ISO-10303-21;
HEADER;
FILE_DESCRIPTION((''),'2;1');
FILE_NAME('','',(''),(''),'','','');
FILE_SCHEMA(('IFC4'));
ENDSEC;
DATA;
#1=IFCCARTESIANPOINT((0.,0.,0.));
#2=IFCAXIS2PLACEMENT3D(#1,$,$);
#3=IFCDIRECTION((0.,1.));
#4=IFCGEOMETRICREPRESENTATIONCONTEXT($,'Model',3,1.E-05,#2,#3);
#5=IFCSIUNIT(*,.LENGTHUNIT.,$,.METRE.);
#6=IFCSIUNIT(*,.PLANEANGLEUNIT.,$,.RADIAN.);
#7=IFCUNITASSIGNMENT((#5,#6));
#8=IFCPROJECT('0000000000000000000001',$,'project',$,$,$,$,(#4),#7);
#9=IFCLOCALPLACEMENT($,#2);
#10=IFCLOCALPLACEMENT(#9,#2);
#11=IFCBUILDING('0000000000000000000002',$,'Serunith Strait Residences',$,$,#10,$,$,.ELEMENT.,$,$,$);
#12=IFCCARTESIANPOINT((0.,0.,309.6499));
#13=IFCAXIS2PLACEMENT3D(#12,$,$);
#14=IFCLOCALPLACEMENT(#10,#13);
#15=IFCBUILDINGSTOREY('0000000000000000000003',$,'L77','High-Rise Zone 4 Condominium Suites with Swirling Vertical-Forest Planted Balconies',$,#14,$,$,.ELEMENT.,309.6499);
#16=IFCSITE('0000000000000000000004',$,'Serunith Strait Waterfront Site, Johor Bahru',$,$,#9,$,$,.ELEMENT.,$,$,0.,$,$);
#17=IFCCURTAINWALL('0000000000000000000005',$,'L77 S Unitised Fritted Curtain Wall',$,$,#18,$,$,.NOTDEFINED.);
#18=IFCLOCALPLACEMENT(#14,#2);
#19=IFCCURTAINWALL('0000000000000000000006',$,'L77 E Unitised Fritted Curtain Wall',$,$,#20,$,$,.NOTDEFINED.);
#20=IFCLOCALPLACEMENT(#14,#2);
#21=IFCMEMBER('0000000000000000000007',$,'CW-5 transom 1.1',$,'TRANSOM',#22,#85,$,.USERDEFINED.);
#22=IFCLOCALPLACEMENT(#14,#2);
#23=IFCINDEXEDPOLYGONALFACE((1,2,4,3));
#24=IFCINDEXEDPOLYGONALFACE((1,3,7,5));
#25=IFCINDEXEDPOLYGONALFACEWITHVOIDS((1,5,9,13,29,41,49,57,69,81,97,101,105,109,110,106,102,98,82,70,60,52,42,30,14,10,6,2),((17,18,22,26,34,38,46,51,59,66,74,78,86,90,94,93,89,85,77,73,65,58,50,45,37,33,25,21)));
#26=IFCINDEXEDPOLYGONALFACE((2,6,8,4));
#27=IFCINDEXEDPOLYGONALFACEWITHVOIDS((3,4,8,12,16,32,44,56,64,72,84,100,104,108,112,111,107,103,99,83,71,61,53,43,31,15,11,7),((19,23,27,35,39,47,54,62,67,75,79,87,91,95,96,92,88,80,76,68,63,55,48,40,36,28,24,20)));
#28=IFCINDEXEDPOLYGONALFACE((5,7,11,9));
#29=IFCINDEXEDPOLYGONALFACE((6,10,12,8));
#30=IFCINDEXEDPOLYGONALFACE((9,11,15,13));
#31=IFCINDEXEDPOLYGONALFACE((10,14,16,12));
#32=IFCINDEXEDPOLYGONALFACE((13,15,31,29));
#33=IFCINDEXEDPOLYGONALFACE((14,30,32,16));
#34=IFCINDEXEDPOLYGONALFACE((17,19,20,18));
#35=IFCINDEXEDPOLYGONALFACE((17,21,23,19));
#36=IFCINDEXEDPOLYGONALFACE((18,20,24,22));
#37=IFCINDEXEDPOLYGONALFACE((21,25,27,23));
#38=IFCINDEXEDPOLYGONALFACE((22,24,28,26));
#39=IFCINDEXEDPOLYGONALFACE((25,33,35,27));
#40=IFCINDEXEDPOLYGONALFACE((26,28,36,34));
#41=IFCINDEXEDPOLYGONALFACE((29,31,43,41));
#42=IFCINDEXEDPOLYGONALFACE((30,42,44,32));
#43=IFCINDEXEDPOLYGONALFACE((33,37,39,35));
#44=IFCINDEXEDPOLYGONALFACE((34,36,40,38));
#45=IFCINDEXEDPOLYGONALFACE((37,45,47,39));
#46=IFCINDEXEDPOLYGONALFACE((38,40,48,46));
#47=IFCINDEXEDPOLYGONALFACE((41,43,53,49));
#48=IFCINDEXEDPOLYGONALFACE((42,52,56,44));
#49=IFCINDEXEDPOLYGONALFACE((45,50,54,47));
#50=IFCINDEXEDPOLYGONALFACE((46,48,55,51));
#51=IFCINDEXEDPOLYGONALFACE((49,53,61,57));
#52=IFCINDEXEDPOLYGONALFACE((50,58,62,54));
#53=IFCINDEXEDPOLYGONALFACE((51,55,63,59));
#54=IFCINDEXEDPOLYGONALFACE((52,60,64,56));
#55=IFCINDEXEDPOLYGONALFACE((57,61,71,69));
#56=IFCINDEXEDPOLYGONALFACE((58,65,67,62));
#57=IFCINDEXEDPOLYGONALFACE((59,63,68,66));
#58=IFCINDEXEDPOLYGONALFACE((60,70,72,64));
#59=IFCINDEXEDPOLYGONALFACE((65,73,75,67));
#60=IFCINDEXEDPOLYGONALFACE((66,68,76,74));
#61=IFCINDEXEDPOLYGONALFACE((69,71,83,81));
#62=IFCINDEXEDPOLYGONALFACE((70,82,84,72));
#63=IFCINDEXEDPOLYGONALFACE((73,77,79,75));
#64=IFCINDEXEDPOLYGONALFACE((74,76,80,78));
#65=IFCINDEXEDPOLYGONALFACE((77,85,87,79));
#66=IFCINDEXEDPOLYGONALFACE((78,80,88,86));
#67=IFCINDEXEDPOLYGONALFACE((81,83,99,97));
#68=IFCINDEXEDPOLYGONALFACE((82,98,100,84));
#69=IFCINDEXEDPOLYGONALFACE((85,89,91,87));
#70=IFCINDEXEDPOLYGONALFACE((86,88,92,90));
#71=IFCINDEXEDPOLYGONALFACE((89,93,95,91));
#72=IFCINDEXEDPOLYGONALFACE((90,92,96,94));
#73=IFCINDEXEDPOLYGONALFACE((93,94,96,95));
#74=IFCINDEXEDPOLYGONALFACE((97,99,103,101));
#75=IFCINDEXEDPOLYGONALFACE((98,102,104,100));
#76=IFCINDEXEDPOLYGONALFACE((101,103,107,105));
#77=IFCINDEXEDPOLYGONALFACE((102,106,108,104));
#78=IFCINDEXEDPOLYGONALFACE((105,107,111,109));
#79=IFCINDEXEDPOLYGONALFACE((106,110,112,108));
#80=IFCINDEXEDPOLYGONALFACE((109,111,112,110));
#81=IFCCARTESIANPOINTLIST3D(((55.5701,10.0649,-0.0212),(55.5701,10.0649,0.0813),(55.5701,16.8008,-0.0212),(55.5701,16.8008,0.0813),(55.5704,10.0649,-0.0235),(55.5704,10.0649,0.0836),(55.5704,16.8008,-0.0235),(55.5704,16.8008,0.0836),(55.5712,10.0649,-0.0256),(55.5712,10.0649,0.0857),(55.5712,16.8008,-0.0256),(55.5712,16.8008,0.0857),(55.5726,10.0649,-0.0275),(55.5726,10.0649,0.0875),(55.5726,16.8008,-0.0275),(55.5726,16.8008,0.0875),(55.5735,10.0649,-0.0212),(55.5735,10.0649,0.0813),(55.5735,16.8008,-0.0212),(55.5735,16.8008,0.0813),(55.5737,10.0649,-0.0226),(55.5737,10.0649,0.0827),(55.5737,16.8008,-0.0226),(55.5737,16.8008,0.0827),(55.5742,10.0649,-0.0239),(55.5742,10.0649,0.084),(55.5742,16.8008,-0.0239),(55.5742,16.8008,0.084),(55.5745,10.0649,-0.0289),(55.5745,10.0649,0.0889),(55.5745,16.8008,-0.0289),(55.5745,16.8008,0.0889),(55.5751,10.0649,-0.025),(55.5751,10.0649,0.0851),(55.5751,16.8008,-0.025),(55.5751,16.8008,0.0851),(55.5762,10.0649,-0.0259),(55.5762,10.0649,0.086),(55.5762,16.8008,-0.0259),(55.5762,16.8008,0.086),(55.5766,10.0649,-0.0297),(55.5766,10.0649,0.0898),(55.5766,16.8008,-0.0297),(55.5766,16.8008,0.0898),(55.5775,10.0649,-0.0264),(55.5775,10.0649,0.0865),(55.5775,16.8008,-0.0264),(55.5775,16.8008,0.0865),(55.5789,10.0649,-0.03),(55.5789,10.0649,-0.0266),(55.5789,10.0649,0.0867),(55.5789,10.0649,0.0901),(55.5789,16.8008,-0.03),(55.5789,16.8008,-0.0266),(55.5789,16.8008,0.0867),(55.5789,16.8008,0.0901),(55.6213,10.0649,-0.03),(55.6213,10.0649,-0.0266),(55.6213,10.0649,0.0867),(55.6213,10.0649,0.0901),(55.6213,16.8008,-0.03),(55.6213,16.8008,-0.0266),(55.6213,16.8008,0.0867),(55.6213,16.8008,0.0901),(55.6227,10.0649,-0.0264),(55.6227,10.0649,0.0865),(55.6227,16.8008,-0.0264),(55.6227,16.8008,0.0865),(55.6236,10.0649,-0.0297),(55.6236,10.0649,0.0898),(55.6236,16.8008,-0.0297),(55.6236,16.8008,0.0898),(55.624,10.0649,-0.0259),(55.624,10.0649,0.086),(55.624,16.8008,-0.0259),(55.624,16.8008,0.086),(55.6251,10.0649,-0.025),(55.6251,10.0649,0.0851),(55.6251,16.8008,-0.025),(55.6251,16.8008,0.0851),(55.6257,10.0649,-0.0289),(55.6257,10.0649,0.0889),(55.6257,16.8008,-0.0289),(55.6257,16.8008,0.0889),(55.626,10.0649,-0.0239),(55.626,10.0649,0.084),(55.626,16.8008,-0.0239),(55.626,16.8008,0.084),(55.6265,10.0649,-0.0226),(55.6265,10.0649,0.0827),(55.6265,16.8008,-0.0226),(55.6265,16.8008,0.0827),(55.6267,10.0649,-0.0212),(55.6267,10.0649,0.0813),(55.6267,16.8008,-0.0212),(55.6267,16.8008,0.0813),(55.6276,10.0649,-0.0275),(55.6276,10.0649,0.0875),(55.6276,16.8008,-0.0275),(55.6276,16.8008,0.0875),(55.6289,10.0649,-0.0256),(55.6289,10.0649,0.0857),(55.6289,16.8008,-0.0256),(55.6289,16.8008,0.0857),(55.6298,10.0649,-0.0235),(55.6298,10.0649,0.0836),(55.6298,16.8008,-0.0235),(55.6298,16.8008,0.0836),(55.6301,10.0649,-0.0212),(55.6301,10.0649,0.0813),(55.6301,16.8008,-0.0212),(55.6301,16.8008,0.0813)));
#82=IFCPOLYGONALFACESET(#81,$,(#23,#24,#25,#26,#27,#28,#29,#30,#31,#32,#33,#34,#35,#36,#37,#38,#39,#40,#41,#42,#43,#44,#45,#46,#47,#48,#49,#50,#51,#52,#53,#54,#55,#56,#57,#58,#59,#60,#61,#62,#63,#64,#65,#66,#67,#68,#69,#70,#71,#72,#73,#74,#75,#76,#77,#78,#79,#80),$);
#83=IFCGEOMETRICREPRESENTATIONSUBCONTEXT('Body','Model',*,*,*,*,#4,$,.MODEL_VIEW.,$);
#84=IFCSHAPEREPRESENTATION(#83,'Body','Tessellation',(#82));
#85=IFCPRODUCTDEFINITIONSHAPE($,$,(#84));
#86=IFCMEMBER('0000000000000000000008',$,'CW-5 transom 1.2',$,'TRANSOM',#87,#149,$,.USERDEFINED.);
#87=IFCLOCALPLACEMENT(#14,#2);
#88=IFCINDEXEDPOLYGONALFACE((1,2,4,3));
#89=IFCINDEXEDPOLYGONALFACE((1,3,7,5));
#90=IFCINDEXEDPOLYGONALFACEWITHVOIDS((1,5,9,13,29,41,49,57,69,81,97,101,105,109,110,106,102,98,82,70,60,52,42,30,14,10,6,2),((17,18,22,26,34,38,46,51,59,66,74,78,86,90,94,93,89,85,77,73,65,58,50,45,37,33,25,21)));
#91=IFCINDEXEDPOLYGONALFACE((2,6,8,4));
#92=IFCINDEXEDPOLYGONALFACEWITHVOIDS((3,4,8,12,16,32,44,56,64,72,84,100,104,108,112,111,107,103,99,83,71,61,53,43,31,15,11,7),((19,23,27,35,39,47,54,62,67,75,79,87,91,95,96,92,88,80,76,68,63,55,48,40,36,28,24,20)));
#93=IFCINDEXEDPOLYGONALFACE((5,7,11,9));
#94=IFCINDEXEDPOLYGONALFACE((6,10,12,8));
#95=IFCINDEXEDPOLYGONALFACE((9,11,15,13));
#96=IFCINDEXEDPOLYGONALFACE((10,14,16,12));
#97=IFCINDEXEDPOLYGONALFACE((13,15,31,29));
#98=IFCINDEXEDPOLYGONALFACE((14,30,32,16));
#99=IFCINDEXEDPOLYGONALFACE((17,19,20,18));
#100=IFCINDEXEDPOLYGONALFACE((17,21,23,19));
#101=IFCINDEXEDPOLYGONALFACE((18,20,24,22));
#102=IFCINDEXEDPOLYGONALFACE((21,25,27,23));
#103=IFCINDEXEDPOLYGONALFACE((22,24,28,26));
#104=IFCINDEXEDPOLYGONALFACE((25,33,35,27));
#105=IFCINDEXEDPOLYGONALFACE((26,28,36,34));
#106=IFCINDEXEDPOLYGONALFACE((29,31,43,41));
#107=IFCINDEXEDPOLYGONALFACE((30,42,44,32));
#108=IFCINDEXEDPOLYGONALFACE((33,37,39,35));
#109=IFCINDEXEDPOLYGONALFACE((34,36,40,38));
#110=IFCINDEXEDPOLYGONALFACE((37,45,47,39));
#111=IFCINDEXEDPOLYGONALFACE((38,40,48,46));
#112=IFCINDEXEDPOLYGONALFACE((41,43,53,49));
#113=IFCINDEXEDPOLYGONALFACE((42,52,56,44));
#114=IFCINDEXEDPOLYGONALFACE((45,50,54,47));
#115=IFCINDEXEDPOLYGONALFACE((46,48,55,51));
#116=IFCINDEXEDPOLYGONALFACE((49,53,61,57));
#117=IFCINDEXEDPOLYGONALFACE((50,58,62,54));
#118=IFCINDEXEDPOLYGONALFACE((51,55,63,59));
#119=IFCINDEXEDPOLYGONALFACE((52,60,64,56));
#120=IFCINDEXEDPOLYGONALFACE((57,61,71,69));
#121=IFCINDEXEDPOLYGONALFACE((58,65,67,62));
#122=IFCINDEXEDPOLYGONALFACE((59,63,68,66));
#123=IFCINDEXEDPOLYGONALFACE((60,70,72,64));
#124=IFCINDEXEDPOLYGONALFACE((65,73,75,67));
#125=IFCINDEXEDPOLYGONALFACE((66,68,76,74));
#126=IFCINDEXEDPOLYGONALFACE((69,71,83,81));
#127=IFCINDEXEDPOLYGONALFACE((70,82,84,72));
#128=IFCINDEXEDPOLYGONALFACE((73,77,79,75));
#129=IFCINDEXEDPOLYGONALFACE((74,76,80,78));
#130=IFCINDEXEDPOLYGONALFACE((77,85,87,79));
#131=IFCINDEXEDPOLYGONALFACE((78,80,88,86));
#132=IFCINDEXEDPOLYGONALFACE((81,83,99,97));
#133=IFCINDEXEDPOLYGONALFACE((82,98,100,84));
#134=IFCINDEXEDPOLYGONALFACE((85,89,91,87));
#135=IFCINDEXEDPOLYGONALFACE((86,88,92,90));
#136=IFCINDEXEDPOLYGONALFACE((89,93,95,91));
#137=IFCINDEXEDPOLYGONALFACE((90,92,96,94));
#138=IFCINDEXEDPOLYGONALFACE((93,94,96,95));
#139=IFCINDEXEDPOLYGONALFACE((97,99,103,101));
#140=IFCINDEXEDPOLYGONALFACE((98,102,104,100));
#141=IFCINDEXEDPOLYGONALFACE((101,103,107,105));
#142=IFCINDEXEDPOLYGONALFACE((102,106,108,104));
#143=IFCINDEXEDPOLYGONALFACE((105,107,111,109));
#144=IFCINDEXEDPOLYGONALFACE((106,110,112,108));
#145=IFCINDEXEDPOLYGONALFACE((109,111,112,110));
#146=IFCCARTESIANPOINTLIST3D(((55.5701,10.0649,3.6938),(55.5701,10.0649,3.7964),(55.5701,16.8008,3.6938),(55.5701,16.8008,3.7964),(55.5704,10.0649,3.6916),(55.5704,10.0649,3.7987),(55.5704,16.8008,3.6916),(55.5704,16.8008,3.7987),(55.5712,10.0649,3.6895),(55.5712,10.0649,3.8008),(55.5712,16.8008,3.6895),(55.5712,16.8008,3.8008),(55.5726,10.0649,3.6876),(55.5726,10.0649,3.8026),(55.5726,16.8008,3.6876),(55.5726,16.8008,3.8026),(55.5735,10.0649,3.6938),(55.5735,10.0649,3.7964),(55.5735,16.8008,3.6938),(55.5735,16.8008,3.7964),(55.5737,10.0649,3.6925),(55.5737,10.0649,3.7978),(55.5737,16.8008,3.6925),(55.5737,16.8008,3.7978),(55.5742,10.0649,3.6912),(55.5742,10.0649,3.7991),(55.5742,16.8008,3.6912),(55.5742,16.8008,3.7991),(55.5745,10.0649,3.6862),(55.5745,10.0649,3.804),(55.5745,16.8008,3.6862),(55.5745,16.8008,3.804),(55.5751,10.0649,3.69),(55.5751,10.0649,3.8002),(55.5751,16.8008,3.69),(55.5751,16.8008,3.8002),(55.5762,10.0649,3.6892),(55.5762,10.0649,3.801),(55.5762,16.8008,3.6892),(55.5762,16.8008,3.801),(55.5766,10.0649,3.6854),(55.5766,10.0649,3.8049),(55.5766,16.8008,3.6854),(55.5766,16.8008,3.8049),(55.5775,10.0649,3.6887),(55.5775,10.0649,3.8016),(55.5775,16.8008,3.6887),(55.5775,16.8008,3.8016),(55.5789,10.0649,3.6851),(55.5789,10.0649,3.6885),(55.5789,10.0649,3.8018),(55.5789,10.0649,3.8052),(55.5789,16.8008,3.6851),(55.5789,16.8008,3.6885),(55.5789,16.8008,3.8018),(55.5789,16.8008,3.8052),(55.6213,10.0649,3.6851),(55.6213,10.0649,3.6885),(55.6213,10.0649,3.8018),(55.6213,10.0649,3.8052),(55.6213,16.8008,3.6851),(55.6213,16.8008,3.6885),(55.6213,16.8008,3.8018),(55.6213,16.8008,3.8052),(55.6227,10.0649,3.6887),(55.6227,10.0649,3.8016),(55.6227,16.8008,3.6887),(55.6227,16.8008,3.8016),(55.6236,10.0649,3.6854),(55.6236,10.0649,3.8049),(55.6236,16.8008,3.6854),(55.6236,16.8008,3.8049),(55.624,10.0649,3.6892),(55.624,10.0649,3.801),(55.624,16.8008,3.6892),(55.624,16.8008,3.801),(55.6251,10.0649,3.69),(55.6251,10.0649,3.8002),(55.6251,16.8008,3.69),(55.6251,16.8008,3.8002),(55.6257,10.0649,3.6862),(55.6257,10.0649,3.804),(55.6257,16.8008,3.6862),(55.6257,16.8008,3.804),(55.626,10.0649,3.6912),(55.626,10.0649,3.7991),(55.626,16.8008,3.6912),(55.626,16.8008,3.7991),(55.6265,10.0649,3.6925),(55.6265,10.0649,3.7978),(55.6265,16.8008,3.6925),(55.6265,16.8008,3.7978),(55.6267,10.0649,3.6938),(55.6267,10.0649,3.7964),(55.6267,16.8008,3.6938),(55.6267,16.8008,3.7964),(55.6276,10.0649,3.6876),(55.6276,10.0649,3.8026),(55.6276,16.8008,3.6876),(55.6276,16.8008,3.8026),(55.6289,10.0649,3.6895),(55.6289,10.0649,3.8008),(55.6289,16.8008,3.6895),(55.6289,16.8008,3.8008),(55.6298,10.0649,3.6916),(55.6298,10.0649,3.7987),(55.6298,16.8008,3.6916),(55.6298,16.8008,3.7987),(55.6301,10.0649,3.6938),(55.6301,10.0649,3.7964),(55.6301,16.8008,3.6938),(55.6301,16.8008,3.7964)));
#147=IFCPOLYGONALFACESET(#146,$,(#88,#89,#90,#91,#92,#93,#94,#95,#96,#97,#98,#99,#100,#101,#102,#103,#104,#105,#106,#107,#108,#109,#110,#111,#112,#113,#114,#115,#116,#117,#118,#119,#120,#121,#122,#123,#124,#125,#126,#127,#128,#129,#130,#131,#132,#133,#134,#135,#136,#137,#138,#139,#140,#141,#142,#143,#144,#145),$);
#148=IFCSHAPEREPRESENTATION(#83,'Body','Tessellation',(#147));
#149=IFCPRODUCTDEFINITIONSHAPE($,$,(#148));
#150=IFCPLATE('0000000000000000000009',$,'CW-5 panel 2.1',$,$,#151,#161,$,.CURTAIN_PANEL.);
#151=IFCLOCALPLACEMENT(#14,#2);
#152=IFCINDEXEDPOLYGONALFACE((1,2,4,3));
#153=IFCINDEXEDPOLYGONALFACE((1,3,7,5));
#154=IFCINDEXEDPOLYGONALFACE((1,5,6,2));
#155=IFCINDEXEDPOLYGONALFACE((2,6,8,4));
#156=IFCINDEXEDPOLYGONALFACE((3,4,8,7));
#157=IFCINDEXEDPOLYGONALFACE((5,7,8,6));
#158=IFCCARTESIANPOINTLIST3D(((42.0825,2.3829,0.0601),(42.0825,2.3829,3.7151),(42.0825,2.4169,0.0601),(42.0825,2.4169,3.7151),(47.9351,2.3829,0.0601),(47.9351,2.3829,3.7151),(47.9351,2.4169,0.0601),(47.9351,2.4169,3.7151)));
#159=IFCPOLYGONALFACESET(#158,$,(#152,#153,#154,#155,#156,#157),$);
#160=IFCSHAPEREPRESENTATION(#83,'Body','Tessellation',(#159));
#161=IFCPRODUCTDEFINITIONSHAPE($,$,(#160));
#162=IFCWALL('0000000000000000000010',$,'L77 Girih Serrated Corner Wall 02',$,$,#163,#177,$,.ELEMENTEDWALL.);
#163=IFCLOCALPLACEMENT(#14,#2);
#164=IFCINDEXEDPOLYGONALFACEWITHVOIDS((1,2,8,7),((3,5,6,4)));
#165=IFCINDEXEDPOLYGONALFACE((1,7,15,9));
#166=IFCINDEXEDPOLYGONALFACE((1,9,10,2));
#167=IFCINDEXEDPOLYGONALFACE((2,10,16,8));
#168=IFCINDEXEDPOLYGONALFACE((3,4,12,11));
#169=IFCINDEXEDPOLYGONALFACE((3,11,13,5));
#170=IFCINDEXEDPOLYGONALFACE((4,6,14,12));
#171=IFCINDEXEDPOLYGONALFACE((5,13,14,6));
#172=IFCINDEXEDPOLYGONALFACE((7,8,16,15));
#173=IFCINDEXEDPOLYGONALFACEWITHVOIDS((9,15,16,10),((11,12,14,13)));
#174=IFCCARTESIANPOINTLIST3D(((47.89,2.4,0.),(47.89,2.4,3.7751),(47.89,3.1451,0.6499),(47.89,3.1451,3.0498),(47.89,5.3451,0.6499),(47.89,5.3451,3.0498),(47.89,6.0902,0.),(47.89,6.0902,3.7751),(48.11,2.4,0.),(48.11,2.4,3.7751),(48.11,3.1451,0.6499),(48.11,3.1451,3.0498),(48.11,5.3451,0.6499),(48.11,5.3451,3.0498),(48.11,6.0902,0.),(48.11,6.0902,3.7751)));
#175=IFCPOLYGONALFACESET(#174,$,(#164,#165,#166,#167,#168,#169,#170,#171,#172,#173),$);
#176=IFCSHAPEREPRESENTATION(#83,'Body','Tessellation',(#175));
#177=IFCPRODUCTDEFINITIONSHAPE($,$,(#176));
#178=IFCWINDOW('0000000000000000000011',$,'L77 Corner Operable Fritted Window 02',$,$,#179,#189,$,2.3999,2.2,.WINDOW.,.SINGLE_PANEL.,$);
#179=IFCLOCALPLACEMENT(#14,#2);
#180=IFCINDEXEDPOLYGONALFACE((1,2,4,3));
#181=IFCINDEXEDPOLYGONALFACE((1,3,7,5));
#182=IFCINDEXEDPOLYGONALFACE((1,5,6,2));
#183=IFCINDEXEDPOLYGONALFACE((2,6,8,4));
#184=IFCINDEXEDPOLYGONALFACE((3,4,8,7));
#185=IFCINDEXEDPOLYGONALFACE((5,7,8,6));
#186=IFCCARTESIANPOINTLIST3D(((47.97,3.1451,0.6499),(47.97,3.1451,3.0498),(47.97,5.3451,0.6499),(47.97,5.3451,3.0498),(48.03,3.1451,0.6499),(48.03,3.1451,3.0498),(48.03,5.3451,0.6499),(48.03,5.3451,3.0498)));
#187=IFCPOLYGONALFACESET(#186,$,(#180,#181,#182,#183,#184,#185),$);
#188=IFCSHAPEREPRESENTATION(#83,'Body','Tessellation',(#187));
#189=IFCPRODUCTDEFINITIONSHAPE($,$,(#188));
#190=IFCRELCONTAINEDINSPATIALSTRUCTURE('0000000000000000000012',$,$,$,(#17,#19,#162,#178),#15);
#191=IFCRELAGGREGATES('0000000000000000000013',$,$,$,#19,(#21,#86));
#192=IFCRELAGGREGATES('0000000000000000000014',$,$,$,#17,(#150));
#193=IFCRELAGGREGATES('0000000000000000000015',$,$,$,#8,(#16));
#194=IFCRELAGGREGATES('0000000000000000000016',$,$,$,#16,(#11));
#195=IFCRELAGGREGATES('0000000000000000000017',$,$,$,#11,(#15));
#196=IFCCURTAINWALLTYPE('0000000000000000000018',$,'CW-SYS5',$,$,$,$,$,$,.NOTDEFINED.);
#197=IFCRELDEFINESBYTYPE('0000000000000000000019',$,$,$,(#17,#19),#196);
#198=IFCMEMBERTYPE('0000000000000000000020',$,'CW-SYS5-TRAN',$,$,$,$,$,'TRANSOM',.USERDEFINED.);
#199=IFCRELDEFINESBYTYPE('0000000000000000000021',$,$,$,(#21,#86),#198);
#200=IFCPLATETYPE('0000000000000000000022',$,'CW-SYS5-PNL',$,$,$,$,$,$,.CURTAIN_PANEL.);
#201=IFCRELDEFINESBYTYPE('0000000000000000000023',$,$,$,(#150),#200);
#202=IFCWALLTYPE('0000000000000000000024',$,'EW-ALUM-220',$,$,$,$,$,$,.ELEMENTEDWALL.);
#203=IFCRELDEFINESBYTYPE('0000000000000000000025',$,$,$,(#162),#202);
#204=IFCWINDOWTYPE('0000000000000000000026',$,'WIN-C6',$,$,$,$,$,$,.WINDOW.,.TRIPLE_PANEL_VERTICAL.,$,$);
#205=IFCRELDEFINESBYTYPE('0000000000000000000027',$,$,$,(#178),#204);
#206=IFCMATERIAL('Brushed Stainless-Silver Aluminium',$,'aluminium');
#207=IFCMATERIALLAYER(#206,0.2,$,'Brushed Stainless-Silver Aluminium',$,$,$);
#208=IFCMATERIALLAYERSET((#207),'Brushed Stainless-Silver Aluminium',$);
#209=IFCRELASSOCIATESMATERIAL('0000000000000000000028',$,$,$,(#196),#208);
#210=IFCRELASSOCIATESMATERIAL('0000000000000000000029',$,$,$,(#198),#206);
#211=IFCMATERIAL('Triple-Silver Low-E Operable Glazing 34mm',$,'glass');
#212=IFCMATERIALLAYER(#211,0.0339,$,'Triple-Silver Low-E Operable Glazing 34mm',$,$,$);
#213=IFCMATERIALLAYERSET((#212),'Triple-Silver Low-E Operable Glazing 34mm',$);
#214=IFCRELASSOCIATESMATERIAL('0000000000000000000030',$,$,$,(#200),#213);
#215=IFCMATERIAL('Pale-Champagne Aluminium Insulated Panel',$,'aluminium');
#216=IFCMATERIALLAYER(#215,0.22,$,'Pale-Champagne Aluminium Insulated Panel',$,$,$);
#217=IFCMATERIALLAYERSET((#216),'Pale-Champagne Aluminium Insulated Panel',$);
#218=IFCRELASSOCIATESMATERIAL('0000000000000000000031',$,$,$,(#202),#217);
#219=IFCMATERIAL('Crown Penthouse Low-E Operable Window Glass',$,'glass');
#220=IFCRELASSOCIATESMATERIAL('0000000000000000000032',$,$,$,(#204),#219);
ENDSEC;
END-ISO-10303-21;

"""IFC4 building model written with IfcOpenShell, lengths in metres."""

from ifc_helpers import new_model, si_unit, direction, frame, frame_2d, origin, origin_2d, place, context, subcontext, project, spatial, rectangle, hollow_rectangle, extrude, source, transform, mapped, material, layer, layer_set, material_profile, profile_set, type_object, element, fill, aggregate, save


model = new_model("IFC4")

# Units and contexts
model_context = context("Model", 3, precision=1e-05, world=origin(), true_north=direction((0.0, 1.0)))
body_context = subcontext(model_context, "Body", "Model", "MODEL_VIEW")
ifc_project = project(units=[si_unit("LENGTHUNIT", "METRE"), si_unit("PLANEANGLEUNIT", "RADIAN")], contexts=[model_context])

# Site, building, storey
site_placement = place(None, origin())
site = spatial("IfcSite", under=ifc_project, at=site_placement, Name="Serunith Strait Waterfront Site, Johor Bahru", CompositionType="ELEMENT", RefElevation=0.0)
building_placement = place(site_placement, origin())
building = spatial("IfcBuilding", under=site, at=building_placement, Name="Serunith Strait Residences", CompositionType="ELEMENT")
storey_placement = place(building_placement, frame((0.0, 0.0, 309.6499)))
storey = spatial("IfcBuildingStorey", under=building, at=storey_placement, Name="L77", Description="High-Rise Zone 4 Condominium Suites with Swirling Vertical-Forest Planted Balconies", CompositionType="ELEMENT", Elevation=309.6499)

# Curtain wall
ifc_material_1 = material(Name="Brushed Stainless-Silver Aluminium", Category="aluminium")
ifc_layer_1 = layer(ifc_material_1, 0.2, Name="Brushed Stainless-Silver Aluminium")
ifc_layer_set_1 = layer_set([ifc_layer_1], Name="Brushed Stainless-Silver Aluminium")
curtain_wall_type = type_object("IfcCurtainWallType", Name="CW-SYS5", PredefinedType="NOTDEFINED", material=ifc_layer_set_1)
curtain_wall_1_placement = place(storey_placement, origin())
curtain_wall_1 = element("IfcCurtainWall", 1, at=curtain_wall_1_placement, inside=storey, type_object=curtain_wall_type, Name="L77 S Unitised Fritted Curtain Wall", PredefinedType="NOTDEFINED")

# Curtain wall, members
curtain_wall_2_placement = place(storey_placement, origin())
curtain_wall_2 = element("IfcCurtainWall", 2, at=curtain_wall_2_placement, inside=storey, type_object=curtain_wall_type, Name="L77 E Unitised Fritted Curtain Wall", PredefinedType="NOTDEFINED")
ifc_material_profile_1 = material_profile(ifc_material_1, hollow_rectangle(XDim=0.0601, YDim=0.1201, WallThickness=0.0034, InnerFilletRadius=0.0054, OuterFilletRadius=0.0088, at=origin_2d()), Name="ALU 120x60x3.5")
ifc_profile_set_1 = profile_set([ifc_material_profile_1], Name="Brushed Stainless-Silver Aluminium")
member_type_1 = type_object("IfcMemberType", Name="CW-SYS5-TRAN", ElementType="TRANSOM", PredefinedType="USERDEFINED", material=ifc_profile_set_1)
shared_shape_1 = source(origin(), body_context, "Body", "SweptSolid", [
    extrude(hollow_rectangle(XDim=0.0601, YDim=0.1201, WallThickness=0.0034, InnerFilletRadius=0.0054, OuterFilletRadius=0.0088, at=origin_2d()), origin(), (0.0, 0.0, 1.0), 6.7358),
])
member_1_placement = place(storey_placement, frame((55.6001, 10.0649, 0.03), z_axis=(0.0, 1.0, 0.0), x_axis=(-1.0, 0.0, 0.0)))
member_1 = element("IfcMember", 3, at=member_1_placement, type_object=member_type_1, Name="CW-5 transom 1.1", ObjectType="TRANSOM", PredefinedType="USERDEFINED", context=body_context, shape_type="MappedRepresentation", body=[
    mapped(shared_shape_1, transform((0.0, 0.0, 0.0), scale=1.0)),
])
member_2_placement = place(storey_placement, frame((55.6001, 10.0649, 3.7451), z_axis=(0.0, 1.0, 0.0), x_axis=(-1.0, 0.0, 0.0)))
member_2 = element("IfcMember", 4, at=member_2_placement, type_object=member_type_1, Name="CW-5 transom 1.2", ObjectType="TRANSOM", PredefinedType="USERDEFINED", context=body_context, shape_type="MappedRepresentation", body=[
    mapped(shared_shape_1, transform((0.0, 0.0, 0.0), scale=1.0)),
])
aggregate(curtain_wall_2, [member_1, member_2])

# Plate
ifc_material_2 = material(Name="Triple-Silver Low-E Operable Glazing 34mm", Category="glass")
ifc_layer_2 = layer(ifc_material_2, 0.0339, Name="Triple-Silver Low-E Operable Glazing 34mm")
ifc_layer_set_2 = layer_set([ifc_layer_2], Name="Triple-Silver Low-E Operable Glazing 34mm")
plate_type = type_object("IfcPlateType", Name="CW-SYS5-PNL", PredefinedType="CURTAIN_PANEL", material=ifc_layer_set_2)
shared_shape_2 = source(origin(), body_context, "Body", "SweptSolid", [
    extrude(rectangle(XDim=5.8525, YDim=0.0339, at=origin_2d()), origin(), (0.0, 0.0, 1.0), 3.655),
])
plate_placement = place(storey_placement, frame((45.0088, 2.3999, 0.0601), z_axis=(0.0, 0.0, 1.0), x_axis=(1.0, 0.0, 0.0)))
plate = element("IfcPlate", 5, at=plate_placement, type_object=plate_type, Name="CW-5 panel 2.1", PredefinedType="CURTAIN_PANEL", context=body_context, shape_type="MappedRepresentation", body=[
    mapped(shared_shape_2, transform((0.0, 0.0, 0.0), scale=1.0)),
])
aggregate(curtain_wall_1, [plate])

# Wall, opening, window
ifc_material_3 = material(Name="Pale-Champagne Aluminium Insulated Panel", Category="aluminium")
ifc_layer_3 = layer(ifc_material_3, 0.22, Name="Pale-Champagne Aluminium Insulated Panel")
ifc_layer_set_3 = layer_set([ifc_layer_3], Name="Pale-Champagne Aluminium Insulated Panel")
wall_type_1 = type_object("IfcWallType", Name="EW-ALUM-220", PredefinedType="ELEMENTEDWALL", material=ifc_layer_set_3)
wall_1_placement = place(storey_placement, frame((48.0, 2.3999, 0.0), z_axis=(0.0, 0.0, 1.0), x_axis=(0.0, 1.0, 0.0)))
wall_1 = element("IfcWall", 6, at=wall_1_placement, inside=storey, type_object=wall_type_1, Name="L77 Girih Serrated Corner Wall 02", PredefinedType="ELEMENTEDWALL", context=body_context, shape_type="SweptSolid", body=[
    extrude(rectangle(XDim=3.6902, YDim=0.22, at=frame_2d((1.8452, 0.0))), origin(), (0.0, 0.0, 1.0), 3.7751),
])
opening_1_placement = place(wall_1_placement, frame((0.7451, 0.0, 0.6499)))
opening_1 = element("IfcOpeningElement", 7, at=opening_1_placement, cuts=wall_1, PredefinedType="OPENING", context=body_context, shape_type="SweptSolid", body=[
    extrude(rectangle(XDim=2.2, YDim=2.3999, at=frame_2d((1.1001, 1.2))), frame((0.0, 0.1201, 0.0), z_axis=(0.0, -1.0, 0.0), x_axis=(1.0, 0.0, 0.0)), (0.0, 0.0, 1.0), 0.24),
])
ifc_material_4 = material(Name="Crown Penthouse Low-E Operable Window Glass", Category="glass")
window_type = type_object("IfcWindowType", Name="WIN-C6", PartitioningType="TRIPLE_PANEL_VERTICAL", PredefinedType="WINDOW", material=ifc_material_4)
shared_shape_3 = source(origin(), body_context, "Body", "SweptSolid", [
    extrude(rectangle(XDim=2.2, YDim=2.3999, at=frame_2d((1.1001, 1.2))), frame((0.0, 0.03, 0.0), z_axis=(0.0, -1.0, 0.0), x_axis=(1.0, 0.0, 0.0)), (0.0, 0.0, 1.0), 0.0601),
])
window_1_placement = place(opening_1_placement, origin())
window_1 = element("IfcWindow", 8, at=window_1_placement, inside=storey, type_object=window_type, Name="L77 Corner Operable Fritted Window 02", OverallHeight=2.3999, OverallWidth=2.2, PartitioningType="SINGLE_PANEL", PredefinedType="WINDOW", context=body_context, shape_type="MappedRepresentation", body=[
    mapped(shared_shape_3, transform((0.0, 0.0, 0.0), scale=1.0)),
])
fill(opening_1, window_1)

save(model, "model.ifc")
